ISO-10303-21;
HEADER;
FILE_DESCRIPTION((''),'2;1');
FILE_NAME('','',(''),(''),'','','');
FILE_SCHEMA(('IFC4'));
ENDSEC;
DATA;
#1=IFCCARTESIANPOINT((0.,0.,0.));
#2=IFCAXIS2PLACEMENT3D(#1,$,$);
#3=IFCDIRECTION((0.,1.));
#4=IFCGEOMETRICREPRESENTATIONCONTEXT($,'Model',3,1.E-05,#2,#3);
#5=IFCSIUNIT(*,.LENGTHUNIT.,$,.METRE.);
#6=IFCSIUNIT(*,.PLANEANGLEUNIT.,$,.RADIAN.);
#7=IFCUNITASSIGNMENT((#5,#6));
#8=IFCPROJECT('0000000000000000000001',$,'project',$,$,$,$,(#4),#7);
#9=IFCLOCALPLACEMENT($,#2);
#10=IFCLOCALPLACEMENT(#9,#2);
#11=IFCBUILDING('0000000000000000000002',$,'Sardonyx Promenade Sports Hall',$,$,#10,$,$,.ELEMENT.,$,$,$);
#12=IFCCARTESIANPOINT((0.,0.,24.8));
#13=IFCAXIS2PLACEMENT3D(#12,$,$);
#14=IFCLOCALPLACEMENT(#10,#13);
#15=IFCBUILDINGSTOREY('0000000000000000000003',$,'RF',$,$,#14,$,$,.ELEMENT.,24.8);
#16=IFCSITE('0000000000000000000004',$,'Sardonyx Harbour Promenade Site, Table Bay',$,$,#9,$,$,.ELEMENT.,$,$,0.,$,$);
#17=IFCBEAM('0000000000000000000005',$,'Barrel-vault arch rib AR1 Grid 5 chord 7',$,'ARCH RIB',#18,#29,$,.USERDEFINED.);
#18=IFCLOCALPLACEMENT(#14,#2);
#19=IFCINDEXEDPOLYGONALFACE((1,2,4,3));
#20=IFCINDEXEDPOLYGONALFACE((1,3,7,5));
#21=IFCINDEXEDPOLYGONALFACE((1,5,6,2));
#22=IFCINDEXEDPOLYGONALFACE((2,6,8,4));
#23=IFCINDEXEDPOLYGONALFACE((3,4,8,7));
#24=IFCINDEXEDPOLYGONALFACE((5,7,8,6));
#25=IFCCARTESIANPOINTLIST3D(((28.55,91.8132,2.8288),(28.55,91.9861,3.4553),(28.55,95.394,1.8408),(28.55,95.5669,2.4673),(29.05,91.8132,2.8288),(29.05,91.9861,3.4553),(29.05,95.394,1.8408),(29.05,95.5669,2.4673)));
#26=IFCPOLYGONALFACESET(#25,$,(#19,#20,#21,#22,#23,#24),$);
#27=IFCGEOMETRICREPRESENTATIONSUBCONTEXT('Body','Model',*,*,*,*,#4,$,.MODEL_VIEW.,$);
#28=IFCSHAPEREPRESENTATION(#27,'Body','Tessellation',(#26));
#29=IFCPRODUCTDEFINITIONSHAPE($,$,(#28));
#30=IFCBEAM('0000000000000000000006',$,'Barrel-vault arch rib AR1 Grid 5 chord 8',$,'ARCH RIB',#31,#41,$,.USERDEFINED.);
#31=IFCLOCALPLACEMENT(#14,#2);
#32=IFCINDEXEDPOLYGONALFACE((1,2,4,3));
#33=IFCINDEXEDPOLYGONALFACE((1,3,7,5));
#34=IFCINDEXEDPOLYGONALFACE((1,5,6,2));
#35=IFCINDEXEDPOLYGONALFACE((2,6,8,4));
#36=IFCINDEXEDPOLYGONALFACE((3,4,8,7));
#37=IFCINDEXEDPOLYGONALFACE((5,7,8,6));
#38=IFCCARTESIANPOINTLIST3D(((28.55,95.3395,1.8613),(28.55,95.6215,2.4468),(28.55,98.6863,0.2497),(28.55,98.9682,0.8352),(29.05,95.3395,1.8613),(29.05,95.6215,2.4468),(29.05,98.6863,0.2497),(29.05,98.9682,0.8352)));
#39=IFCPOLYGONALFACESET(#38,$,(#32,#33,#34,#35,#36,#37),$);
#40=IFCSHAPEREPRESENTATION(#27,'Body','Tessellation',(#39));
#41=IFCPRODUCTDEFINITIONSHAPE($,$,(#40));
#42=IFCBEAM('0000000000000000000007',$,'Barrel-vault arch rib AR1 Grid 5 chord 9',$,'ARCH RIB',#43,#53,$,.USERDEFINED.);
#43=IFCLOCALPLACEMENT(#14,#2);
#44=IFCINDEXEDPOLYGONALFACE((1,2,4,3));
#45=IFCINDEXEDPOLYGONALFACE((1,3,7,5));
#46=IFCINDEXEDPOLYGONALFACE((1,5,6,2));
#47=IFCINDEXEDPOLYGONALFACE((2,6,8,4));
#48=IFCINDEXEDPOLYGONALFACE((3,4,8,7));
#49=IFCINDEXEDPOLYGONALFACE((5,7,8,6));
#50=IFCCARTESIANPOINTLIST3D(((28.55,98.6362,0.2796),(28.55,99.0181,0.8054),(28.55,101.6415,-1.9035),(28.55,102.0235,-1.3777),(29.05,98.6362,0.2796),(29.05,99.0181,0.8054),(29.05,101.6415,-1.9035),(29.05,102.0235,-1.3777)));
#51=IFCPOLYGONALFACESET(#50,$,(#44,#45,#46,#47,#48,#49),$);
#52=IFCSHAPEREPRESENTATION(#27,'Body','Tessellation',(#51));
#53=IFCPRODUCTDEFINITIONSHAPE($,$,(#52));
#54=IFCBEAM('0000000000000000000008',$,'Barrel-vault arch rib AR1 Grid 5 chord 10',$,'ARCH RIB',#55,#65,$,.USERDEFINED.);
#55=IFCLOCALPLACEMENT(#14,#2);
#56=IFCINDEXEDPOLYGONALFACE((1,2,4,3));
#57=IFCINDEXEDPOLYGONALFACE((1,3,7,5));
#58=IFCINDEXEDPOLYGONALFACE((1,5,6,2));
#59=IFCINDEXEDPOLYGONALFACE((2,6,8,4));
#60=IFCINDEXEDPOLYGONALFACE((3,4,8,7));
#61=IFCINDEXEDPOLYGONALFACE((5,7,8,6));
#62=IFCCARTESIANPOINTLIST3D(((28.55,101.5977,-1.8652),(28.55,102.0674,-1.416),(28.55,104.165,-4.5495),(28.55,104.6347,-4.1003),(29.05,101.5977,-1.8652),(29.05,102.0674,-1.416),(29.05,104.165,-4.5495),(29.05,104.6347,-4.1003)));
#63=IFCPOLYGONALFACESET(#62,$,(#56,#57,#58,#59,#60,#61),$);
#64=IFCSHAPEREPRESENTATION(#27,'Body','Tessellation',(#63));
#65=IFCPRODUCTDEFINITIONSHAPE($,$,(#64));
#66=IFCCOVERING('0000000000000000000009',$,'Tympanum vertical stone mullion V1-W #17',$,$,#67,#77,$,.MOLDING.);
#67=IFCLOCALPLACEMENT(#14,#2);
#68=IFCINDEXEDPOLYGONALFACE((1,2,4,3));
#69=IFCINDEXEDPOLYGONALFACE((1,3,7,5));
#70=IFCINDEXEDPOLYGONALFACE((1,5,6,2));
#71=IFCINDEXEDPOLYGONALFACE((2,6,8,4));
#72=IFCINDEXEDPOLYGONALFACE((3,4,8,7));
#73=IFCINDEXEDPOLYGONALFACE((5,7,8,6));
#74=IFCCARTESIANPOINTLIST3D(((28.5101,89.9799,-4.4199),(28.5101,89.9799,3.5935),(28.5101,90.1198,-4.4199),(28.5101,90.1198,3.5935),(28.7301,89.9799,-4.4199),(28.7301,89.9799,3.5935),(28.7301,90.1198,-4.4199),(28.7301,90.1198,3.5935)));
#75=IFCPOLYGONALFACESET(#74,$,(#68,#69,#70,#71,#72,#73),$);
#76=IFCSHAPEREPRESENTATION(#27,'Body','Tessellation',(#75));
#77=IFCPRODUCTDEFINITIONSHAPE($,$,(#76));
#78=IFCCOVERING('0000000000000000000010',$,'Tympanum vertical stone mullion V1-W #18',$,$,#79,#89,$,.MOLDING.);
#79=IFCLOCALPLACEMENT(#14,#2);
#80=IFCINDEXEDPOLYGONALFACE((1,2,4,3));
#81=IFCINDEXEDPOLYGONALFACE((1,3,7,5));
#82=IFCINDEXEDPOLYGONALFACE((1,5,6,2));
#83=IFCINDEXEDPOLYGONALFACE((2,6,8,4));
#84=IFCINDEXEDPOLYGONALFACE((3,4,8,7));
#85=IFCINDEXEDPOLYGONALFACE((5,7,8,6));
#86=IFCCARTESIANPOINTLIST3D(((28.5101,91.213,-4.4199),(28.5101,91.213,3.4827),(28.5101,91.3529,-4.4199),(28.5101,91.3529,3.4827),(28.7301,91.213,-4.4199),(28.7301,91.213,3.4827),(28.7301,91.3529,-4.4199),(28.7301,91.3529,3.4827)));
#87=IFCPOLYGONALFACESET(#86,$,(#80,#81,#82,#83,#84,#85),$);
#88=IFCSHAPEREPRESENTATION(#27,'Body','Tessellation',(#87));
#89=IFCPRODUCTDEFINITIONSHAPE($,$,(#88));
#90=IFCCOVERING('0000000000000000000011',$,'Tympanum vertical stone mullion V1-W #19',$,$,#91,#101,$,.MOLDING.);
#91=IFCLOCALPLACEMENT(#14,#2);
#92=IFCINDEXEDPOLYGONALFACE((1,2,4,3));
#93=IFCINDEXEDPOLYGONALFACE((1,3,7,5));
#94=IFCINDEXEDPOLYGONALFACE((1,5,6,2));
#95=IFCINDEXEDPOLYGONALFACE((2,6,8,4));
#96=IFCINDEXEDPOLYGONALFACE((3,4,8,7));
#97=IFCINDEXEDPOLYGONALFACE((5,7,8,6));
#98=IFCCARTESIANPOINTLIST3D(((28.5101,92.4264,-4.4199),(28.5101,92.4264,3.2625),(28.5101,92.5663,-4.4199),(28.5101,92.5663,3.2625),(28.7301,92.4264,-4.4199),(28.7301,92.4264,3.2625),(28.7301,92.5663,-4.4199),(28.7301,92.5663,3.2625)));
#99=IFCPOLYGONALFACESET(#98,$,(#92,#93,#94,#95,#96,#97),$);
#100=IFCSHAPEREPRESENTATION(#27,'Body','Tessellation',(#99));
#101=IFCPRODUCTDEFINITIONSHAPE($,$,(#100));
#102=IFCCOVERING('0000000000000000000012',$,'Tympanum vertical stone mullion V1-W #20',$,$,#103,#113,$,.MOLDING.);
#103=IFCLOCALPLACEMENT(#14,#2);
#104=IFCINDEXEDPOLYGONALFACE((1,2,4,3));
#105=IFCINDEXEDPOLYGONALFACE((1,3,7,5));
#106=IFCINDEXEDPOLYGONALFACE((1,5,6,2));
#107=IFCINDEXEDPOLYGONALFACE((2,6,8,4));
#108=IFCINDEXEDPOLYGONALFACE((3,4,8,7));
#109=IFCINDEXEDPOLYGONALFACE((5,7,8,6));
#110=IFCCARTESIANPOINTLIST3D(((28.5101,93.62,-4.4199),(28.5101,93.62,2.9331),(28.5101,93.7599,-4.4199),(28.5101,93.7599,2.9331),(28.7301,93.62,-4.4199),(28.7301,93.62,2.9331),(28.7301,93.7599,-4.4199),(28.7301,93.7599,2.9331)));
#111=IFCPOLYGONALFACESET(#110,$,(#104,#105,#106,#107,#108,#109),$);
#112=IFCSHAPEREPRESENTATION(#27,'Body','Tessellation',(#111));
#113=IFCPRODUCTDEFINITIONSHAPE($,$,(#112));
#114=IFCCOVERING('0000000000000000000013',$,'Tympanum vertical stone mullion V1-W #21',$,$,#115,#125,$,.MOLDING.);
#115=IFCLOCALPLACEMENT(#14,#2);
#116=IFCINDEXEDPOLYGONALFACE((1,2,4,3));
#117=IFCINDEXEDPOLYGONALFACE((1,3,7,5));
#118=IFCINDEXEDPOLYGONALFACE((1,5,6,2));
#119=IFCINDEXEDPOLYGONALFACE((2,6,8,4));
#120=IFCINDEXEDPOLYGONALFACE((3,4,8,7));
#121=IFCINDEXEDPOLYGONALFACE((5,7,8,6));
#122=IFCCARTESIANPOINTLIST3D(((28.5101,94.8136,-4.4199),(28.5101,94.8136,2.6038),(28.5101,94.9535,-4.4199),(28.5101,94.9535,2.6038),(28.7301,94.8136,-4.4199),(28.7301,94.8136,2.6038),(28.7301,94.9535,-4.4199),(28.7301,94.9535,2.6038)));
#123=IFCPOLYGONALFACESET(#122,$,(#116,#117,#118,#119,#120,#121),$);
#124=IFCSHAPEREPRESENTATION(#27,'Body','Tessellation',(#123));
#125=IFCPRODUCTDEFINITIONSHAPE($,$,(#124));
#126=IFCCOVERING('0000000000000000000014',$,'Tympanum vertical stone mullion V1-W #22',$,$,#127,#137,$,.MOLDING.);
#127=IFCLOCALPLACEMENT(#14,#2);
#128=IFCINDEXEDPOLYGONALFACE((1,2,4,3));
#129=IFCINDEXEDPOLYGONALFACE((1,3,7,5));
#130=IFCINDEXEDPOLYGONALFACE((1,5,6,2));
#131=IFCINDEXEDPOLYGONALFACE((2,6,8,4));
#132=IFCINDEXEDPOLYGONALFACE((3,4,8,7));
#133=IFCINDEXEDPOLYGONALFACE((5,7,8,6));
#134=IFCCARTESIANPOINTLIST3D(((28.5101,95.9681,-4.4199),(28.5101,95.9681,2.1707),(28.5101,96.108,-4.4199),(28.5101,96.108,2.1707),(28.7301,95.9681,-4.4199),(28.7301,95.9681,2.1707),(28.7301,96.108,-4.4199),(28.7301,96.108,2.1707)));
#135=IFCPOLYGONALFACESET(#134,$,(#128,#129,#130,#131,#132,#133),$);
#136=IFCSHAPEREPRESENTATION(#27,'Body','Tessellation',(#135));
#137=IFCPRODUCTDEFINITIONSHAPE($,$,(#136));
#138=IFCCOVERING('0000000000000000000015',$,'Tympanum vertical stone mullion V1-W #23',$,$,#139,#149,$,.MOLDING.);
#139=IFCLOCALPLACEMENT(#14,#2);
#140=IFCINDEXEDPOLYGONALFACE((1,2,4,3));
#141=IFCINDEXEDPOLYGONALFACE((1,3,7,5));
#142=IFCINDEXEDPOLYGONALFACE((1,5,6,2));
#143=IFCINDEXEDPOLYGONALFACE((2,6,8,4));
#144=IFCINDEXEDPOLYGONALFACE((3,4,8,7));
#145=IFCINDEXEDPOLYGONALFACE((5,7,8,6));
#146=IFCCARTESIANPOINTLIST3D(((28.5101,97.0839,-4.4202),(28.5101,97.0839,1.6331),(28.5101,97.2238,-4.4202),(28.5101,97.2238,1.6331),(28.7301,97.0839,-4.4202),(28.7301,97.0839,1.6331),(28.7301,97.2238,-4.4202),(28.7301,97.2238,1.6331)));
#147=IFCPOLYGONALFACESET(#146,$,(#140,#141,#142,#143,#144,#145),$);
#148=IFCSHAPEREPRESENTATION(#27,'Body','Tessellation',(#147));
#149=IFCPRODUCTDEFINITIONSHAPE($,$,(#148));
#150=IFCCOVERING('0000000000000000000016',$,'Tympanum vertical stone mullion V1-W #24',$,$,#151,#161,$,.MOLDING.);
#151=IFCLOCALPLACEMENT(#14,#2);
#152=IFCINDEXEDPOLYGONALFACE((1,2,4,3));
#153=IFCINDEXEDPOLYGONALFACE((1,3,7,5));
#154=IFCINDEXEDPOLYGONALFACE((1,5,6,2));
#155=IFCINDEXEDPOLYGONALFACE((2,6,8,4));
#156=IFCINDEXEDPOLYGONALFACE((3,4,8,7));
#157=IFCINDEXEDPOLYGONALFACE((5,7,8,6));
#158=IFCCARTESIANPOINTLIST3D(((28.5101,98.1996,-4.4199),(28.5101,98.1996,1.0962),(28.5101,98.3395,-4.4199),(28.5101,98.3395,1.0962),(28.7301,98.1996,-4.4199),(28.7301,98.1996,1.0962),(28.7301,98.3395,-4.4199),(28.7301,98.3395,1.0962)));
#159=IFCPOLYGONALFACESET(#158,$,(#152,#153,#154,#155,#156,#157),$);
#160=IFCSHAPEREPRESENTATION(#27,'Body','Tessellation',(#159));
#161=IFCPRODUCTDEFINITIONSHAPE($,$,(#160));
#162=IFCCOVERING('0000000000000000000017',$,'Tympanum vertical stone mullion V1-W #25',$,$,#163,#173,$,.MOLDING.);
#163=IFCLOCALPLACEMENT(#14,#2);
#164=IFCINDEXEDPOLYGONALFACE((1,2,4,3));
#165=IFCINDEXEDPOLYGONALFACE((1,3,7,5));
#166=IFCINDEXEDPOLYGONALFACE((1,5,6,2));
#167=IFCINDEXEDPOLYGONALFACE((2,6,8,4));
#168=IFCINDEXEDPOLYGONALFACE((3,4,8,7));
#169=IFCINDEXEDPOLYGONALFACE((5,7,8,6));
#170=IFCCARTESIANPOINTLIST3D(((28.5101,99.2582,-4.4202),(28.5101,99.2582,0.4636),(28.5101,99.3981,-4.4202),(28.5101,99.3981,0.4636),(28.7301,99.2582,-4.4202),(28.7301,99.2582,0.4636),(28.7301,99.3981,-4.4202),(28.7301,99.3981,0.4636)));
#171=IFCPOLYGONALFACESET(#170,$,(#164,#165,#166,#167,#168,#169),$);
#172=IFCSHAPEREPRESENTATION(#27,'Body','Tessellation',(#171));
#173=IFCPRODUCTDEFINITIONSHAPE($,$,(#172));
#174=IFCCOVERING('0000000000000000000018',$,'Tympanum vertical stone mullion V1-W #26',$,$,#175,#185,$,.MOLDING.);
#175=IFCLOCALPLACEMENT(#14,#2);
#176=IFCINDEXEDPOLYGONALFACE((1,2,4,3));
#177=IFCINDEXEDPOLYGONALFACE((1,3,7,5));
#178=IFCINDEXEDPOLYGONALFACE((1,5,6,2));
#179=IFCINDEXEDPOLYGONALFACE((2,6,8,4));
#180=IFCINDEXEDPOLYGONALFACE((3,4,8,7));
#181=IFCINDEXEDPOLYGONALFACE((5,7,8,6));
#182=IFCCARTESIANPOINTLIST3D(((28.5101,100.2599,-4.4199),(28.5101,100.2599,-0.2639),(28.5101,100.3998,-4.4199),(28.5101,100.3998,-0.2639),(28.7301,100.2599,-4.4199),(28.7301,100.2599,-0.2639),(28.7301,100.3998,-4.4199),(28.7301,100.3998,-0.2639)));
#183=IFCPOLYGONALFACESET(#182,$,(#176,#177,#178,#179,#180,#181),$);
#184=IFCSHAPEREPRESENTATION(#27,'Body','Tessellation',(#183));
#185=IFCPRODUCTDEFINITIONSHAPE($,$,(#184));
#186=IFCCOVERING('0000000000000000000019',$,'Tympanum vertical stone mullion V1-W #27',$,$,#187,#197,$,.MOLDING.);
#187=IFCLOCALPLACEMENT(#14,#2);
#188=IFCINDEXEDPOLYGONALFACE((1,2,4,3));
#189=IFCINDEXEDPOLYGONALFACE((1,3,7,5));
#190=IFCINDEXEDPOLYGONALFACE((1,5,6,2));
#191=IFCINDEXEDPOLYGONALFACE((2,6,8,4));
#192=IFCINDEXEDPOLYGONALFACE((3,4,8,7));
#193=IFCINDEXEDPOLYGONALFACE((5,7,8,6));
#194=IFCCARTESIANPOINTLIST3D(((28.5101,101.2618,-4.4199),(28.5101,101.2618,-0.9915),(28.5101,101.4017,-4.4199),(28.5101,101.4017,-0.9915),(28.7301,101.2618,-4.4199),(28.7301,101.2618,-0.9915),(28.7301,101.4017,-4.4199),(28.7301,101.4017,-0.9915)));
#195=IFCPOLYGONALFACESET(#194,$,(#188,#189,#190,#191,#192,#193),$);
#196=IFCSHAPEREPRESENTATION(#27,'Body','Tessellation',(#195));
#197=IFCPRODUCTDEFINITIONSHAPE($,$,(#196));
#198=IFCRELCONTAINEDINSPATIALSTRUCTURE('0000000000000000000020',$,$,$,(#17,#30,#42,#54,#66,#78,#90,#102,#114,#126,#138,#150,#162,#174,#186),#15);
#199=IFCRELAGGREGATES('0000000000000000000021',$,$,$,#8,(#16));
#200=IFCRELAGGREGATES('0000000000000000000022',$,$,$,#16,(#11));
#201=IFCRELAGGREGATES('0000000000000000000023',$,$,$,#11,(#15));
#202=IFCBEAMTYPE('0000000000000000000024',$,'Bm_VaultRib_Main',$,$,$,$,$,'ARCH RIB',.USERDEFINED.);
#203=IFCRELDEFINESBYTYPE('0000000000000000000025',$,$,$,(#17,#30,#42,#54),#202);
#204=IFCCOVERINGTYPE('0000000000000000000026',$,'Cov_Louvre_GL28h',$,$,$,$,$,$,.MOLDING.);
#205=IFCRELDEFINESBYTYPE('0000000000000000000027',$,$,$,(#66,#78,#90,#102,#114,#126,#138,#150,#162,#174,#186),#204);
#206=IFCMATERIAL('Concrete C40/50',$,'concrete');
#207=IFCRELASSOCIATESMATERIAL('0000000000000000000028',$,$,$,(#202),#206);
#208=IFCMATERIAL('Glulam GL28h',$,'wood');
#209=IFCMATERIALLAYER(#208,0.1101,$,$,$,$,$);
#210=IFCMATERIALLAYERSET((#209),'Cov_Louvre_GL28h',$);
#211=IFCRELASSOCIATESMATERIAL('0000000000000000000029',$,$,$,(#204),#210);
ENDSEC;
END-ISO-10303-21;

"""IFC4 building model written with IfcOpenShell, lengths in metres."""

from ifc_helpers import new_model, si_unit, direction, frame, origin, origin_2d, place, context, subcontext, project, spatial, rectangle, extrude, material, layer, layer_set, material_profile, profile_set, type_object, element, save


model = new_model("IFC4")

# Units and contexts
model_context = context("Model", 3, precision=1e-05, world=origin(), true_north=direction((0.0, 1.0)))
body_context = subcontext(model_context, "Body", "Model", "MODEL_VIEW")
ifc_project = project(units=[si_unit("LENGTHUNIT", "METRE"), si_unit("PLANEANGLEUNIT", "RADIAN")], contexts=[model_context])

# Site, building, storey
site_placement = place(None, origin())
site = spatial("IfcSite", under=ifc_project, at=site_placement, Name="Sardonyx Harbour Promenade Site, Table Bay", CompositionType="ELEMENT", RefElevation=0.0)
building_placement = place(site_placement, origin())
building = spatial("IfcBuilding", under=site, at=building_placement, Name="Sardonyx Promenade Sports Hall", CompositionType="ELEMENT")
storey_placement = place(building_placement, frame((0.0, 0.0, 24.8)))
storey = spatial("IfcBuildingStorey", under=building, at=storey_placement, Name="RF", CompositionType="ELEMENT", Elevation=24.8)

# Beams
ifc_material_1 = material(Name="Concrete C40/50", Category="concrete")
ifc_material_profile = material_profile(ifc_material_1, rectangle(XDim=0.5, YDim=0.6499, at=origin_2d()))
ifc_profile_set = profile_set([ifc_material_profile], Name="Concrete C40/50")
beam_type = type_object("IfcBeamType", Name="Bm_VaultRib_Main", ElementType="ARCH RIB", PredefinedType="USERDEFINED", material=ifc_profile_set)
for number, where, z_axis, x_axis, name in (
    (1, (28.8, 91.8997, 3.1421), (0.0, 0.963977, -0.265986), (-1.0, 0.0, 0.0), "Barrel-vault arch rib AR1 Grid 5 chord 7"),
    (2, (28.8, 95.4805, 2.1541), (0.0, 0.90098, -0.433861), (-1.0, 0.0, 0.0), "Barrel-vault arch rib AR1 Grid 5 chord 8"),
    (3, (28.8, 98.8271, 0.5425), (0.0, 0.809071, -0.58771), (-1.0, 0.0, 0.0), "Barrel-vault arch rib AR1 Grid 5 chord 9"),
):
    element("IfcBeam", number, at=place(storey_placement, frame(where, z_axis=z_axis, x_axis=x_axis)), inside=storey, type_object=beam_type, Name=name, ObjectType="ARCH RIB", PredefinedType="USERDEFINED", context=body_context, shape_type="SweptSolid", body=[
        extrude(rectangle(XDim=0.5, YDim=0.6499, at=origin_2d()), origin(), (0.0, 0.0, 1.0), 3.7146),
    ])
beam_placement = place(storey_placement, frame((28.8, 101.8325, -1.6406), z_axis=(0.0, 0.69119, -0.722673), x_axis=(-1.0, 0.0, 0.0)))
element("IfcBeam", 4, at=beam_placement, inside=storey, type_object=beam_type, Name="Barrel-vault arch rib AR1 Grid 5 chord 10", ObjectType="ARCH RIB", PredefinedType="USERDEFINED", context=body_context, shape_type="SweptSolid", body=[
    extrude(rectangle(XDim=0.5, YDim=0.6499, at=origin_2d()), origin(), (0.0, 0.0, 1.0), 3.7144),
])

# Coverings
ifc_material_2 = material(Name="Glulam GL28h", Category="wood")
ifc_layer_1 = layer(ifc_material_2, 0.1101)
ifc_layer_set_1 = layer_set([ifc_layer_1], Name="Cov_Louvre_GL28h")
covering_type_1 = type_object("IfcCoveringType", Name="Cov_Louvre_GL28h", PredefinedType="MOLDING", material=ifc_layer_set_1)
covering_1_placement = place(storey_placement, frame((28.6201, 90.0498, -4.4199), z_axis=(0.0, 0.0, 1.0), x_axis=(1.0, 0.0, 0.0)))
element("IfcCovering", 5, at=covering_1_placement, inside=storey, type_object=covering_type_1, Name="Tympanum vertical stone mullion V1-W #17", PredefinedType="MOLDING", context=body_context, shape_type="SweptSolid", body=[
    extrude(rectangle(XDim=0.22, YDim=0.1399, at=origin_2d()), origin(), (0.0, 0.0, 1.0), 8.0134),
])
covering_2_placement = place(storey_placement, frame((28.6201, 91.283, -4.4199), z_axis=(0.0, 0.0, 1.0), x_axis=(1.0, 0.0, 0.0)))
element("IfcCovering", 6, at=covering_2_placement, inside=storey, type_object=covering_type_1, Name="Tympanum vertical stone mullion V1-W #18", PredefinedType="MOLDING", context=body_context, shape_type="SweptSolid", body=[
    extrude(rectangle(XDim=0.22, YDim=0.1399, at=origin_2d()), origin(), (0.0, 0.0, 1.0), 7.9026),
])
covering_3_placement = place(storey_placement, frame((28.6201, 92.4963, -4.4199), z_axis=(0.0, 0.0, 1.0), x_axis=(1.0, 0.0, 0.0)))
element("IfcCovering", 7, at=covering_3_placement, inside=storey, type_object=covering_type_1, Name="Tympanum vertical stone mullion V1-W #19", PredefinedType="MOLDING", context=body_context, shape_type="SweptSolid", body=[
    extrude(rectangle(XDim=0.22, YDim=0.1399, at=origin_2d()), origin(), (0.0, 0.0, 1.0), 7.6824),
])
covering_4_placement = place(storey_placement, frame((28.6201, 93.6899, -4.4199), z_axis=(0.0, 0.0, 1.0), x_axis=(1.0, 0.0, 0.0)))
element("IfcCovering", 8, at=covering_4_placement, inside=storey, type_object=covering_type_1, Name="Tympanum vertical stone mullion V1-W #20", PredefinedType="MOLDING", context=body_context, shape_type="SweptSolid", body=[
    extrude(rectangle(XDim=0.22, YDim=0.1399, at=origin_2d()), origin(), (0.0, 0.0, 1.0), 7.353),
])
covering_5_placement = place(storey_placement, frame((28.6201, 94.8835, -4.4199), z_axis=(0.0, 0.0, 1.0), x_axis=(1.0, 0.0, 0.0)))
element("IfcCovering", 9, at=covering_5_placement, inside=storey, type_object=covering_type_1, Name="Tympanum vertical stone mullion V1-W #21", PredefinedType="MOLDING", context=body_context, shape_type="SweptSolid", body=[
    extrude(rectangle(XDim=0.22, YDim=0.1399, at=origin_2d()), origin(), (0.0, 0.0, 1.0), 7.0237),
])
covering_6_placement = place(storey_placement, frame((28.6201, 96.0381, -4.4199), z_axis=(0.0, 0.0, 1.0), x_axis=(1.0, 0.0, 0.0)))
element("IfcCovering", 10, at=covering_6_placement, inside=storey, type_object=covering_type_1, Name="Tympanum vertical stone mullion V1-W #22", PredefinedType="MOLDING", context=body_context, shape_type="SweptSolid", body=[
    extrude(rectangle(XDim=0.22, YDim=0.1399, at=origin_2d()), origin(), (0.0, 0.0, 1.0), 6.5906),
])
covering_7_placement = place(storey_placement, frame((28.6201, 97.1538, -4.4202), z_axis=(0.0, 0.0, 1.0), x_axis=(1.0, 0.0, 0.0)))
element("IfcCovering", 11, at=covering_7_placement, inside=storey, type_object=covering_type_1, Name="Tympanum vertical stone mullion V1-W #23", PredefinedType="MOLDING", context=body_context, shape_type="SweptSolid", body=[
    extrude(rectangle(XDim=0.22, YDim=0.1399, at=origin_2d()), origin(), (0.0, 0.0, 1.0), 6.0532),
])
covering_8_placement = place(storey_placement, frame((28.6201, 98.2695, -4.4199), z_axis=(0.0, 0.0, 1.0), x_axis=(1.0, 0.0, 0.0)))
element("IfcCovering", 12, at=covering_8_placement, inside=storey, type_object=covering_type_1, Name="Tympanum vertical stone mullion V1-W #24", PredefinedType="MOLDING", context=body_context, shape_type="SweptSolid", body=[
    extrude(rectangle(XDim=0.22, YDim=0.1399, at=origin_2d()), origin(), (0.0, 0.0, 1.0), 5.5161),
])
covering_9_placement = place(storey_placement, frame((28.6201, 99.3281, -4.4202), z_axis=(0.0, 0.0, 1.0), x_axis=(1.0, 0.0, 0.0)))
element("IfcCovering", 13, at=covering_9_placement, inside=storey, type_object=covering_type_1, Name="Tympanum vertical stone mullion V1-W #25", PredefinedType="MOLDING", context=body_context, shape_type="SweptSolid", body=[
    extrude(rectangle(XDim=0.22, YDim=0.1399, at=origin_2d()), origin(), (0.0, 0.0, 1.0), 4.8838),
])
covering_10_placement = place(storey_placement, frame((28.6201, 100.3298, -4.4199), z_axis=(0.0, 0.0, 1.0), x_axis=(1.0, 0.0, 0.0)))
element("IfcCovering", 14, at=covering_10_placement, inside=storey, type_object=covering_type_1, Name="Tympanum vertical stone mullion V1-W #26", PredefinedType="MOLDING", context=body_context, shape_type="SweptSolid", body=[
    extrude(rectangle(XDim=0.22, YDim=0.1399, at=origin_2d()), origin(), (0.0, 0.0, 1.0), 4.156),
])
covering_11_placement = place(storey_placement, frame((28.6201, 101.3318, -4.4199), z_axis=(0.0, 0.0, 1.0), x_axis=(1.0, 0.0, 0.0)))
element("IfcCovering", 15, at=covering_11_placement, inside=storey, type_object=covering_type_1, Name="Tympanum vertical stone mullion V1-W #27", PredefinedType="MOLDING", context=body_context, shape_type="SweptSolid", body=[
    extrude(rectangle(XDim=0.22, YDim=0.1399, at=origin_2d()), origin(), (0.0, 0.0, 1.0), 3.4285),
])

save(model, "model.ifc")
